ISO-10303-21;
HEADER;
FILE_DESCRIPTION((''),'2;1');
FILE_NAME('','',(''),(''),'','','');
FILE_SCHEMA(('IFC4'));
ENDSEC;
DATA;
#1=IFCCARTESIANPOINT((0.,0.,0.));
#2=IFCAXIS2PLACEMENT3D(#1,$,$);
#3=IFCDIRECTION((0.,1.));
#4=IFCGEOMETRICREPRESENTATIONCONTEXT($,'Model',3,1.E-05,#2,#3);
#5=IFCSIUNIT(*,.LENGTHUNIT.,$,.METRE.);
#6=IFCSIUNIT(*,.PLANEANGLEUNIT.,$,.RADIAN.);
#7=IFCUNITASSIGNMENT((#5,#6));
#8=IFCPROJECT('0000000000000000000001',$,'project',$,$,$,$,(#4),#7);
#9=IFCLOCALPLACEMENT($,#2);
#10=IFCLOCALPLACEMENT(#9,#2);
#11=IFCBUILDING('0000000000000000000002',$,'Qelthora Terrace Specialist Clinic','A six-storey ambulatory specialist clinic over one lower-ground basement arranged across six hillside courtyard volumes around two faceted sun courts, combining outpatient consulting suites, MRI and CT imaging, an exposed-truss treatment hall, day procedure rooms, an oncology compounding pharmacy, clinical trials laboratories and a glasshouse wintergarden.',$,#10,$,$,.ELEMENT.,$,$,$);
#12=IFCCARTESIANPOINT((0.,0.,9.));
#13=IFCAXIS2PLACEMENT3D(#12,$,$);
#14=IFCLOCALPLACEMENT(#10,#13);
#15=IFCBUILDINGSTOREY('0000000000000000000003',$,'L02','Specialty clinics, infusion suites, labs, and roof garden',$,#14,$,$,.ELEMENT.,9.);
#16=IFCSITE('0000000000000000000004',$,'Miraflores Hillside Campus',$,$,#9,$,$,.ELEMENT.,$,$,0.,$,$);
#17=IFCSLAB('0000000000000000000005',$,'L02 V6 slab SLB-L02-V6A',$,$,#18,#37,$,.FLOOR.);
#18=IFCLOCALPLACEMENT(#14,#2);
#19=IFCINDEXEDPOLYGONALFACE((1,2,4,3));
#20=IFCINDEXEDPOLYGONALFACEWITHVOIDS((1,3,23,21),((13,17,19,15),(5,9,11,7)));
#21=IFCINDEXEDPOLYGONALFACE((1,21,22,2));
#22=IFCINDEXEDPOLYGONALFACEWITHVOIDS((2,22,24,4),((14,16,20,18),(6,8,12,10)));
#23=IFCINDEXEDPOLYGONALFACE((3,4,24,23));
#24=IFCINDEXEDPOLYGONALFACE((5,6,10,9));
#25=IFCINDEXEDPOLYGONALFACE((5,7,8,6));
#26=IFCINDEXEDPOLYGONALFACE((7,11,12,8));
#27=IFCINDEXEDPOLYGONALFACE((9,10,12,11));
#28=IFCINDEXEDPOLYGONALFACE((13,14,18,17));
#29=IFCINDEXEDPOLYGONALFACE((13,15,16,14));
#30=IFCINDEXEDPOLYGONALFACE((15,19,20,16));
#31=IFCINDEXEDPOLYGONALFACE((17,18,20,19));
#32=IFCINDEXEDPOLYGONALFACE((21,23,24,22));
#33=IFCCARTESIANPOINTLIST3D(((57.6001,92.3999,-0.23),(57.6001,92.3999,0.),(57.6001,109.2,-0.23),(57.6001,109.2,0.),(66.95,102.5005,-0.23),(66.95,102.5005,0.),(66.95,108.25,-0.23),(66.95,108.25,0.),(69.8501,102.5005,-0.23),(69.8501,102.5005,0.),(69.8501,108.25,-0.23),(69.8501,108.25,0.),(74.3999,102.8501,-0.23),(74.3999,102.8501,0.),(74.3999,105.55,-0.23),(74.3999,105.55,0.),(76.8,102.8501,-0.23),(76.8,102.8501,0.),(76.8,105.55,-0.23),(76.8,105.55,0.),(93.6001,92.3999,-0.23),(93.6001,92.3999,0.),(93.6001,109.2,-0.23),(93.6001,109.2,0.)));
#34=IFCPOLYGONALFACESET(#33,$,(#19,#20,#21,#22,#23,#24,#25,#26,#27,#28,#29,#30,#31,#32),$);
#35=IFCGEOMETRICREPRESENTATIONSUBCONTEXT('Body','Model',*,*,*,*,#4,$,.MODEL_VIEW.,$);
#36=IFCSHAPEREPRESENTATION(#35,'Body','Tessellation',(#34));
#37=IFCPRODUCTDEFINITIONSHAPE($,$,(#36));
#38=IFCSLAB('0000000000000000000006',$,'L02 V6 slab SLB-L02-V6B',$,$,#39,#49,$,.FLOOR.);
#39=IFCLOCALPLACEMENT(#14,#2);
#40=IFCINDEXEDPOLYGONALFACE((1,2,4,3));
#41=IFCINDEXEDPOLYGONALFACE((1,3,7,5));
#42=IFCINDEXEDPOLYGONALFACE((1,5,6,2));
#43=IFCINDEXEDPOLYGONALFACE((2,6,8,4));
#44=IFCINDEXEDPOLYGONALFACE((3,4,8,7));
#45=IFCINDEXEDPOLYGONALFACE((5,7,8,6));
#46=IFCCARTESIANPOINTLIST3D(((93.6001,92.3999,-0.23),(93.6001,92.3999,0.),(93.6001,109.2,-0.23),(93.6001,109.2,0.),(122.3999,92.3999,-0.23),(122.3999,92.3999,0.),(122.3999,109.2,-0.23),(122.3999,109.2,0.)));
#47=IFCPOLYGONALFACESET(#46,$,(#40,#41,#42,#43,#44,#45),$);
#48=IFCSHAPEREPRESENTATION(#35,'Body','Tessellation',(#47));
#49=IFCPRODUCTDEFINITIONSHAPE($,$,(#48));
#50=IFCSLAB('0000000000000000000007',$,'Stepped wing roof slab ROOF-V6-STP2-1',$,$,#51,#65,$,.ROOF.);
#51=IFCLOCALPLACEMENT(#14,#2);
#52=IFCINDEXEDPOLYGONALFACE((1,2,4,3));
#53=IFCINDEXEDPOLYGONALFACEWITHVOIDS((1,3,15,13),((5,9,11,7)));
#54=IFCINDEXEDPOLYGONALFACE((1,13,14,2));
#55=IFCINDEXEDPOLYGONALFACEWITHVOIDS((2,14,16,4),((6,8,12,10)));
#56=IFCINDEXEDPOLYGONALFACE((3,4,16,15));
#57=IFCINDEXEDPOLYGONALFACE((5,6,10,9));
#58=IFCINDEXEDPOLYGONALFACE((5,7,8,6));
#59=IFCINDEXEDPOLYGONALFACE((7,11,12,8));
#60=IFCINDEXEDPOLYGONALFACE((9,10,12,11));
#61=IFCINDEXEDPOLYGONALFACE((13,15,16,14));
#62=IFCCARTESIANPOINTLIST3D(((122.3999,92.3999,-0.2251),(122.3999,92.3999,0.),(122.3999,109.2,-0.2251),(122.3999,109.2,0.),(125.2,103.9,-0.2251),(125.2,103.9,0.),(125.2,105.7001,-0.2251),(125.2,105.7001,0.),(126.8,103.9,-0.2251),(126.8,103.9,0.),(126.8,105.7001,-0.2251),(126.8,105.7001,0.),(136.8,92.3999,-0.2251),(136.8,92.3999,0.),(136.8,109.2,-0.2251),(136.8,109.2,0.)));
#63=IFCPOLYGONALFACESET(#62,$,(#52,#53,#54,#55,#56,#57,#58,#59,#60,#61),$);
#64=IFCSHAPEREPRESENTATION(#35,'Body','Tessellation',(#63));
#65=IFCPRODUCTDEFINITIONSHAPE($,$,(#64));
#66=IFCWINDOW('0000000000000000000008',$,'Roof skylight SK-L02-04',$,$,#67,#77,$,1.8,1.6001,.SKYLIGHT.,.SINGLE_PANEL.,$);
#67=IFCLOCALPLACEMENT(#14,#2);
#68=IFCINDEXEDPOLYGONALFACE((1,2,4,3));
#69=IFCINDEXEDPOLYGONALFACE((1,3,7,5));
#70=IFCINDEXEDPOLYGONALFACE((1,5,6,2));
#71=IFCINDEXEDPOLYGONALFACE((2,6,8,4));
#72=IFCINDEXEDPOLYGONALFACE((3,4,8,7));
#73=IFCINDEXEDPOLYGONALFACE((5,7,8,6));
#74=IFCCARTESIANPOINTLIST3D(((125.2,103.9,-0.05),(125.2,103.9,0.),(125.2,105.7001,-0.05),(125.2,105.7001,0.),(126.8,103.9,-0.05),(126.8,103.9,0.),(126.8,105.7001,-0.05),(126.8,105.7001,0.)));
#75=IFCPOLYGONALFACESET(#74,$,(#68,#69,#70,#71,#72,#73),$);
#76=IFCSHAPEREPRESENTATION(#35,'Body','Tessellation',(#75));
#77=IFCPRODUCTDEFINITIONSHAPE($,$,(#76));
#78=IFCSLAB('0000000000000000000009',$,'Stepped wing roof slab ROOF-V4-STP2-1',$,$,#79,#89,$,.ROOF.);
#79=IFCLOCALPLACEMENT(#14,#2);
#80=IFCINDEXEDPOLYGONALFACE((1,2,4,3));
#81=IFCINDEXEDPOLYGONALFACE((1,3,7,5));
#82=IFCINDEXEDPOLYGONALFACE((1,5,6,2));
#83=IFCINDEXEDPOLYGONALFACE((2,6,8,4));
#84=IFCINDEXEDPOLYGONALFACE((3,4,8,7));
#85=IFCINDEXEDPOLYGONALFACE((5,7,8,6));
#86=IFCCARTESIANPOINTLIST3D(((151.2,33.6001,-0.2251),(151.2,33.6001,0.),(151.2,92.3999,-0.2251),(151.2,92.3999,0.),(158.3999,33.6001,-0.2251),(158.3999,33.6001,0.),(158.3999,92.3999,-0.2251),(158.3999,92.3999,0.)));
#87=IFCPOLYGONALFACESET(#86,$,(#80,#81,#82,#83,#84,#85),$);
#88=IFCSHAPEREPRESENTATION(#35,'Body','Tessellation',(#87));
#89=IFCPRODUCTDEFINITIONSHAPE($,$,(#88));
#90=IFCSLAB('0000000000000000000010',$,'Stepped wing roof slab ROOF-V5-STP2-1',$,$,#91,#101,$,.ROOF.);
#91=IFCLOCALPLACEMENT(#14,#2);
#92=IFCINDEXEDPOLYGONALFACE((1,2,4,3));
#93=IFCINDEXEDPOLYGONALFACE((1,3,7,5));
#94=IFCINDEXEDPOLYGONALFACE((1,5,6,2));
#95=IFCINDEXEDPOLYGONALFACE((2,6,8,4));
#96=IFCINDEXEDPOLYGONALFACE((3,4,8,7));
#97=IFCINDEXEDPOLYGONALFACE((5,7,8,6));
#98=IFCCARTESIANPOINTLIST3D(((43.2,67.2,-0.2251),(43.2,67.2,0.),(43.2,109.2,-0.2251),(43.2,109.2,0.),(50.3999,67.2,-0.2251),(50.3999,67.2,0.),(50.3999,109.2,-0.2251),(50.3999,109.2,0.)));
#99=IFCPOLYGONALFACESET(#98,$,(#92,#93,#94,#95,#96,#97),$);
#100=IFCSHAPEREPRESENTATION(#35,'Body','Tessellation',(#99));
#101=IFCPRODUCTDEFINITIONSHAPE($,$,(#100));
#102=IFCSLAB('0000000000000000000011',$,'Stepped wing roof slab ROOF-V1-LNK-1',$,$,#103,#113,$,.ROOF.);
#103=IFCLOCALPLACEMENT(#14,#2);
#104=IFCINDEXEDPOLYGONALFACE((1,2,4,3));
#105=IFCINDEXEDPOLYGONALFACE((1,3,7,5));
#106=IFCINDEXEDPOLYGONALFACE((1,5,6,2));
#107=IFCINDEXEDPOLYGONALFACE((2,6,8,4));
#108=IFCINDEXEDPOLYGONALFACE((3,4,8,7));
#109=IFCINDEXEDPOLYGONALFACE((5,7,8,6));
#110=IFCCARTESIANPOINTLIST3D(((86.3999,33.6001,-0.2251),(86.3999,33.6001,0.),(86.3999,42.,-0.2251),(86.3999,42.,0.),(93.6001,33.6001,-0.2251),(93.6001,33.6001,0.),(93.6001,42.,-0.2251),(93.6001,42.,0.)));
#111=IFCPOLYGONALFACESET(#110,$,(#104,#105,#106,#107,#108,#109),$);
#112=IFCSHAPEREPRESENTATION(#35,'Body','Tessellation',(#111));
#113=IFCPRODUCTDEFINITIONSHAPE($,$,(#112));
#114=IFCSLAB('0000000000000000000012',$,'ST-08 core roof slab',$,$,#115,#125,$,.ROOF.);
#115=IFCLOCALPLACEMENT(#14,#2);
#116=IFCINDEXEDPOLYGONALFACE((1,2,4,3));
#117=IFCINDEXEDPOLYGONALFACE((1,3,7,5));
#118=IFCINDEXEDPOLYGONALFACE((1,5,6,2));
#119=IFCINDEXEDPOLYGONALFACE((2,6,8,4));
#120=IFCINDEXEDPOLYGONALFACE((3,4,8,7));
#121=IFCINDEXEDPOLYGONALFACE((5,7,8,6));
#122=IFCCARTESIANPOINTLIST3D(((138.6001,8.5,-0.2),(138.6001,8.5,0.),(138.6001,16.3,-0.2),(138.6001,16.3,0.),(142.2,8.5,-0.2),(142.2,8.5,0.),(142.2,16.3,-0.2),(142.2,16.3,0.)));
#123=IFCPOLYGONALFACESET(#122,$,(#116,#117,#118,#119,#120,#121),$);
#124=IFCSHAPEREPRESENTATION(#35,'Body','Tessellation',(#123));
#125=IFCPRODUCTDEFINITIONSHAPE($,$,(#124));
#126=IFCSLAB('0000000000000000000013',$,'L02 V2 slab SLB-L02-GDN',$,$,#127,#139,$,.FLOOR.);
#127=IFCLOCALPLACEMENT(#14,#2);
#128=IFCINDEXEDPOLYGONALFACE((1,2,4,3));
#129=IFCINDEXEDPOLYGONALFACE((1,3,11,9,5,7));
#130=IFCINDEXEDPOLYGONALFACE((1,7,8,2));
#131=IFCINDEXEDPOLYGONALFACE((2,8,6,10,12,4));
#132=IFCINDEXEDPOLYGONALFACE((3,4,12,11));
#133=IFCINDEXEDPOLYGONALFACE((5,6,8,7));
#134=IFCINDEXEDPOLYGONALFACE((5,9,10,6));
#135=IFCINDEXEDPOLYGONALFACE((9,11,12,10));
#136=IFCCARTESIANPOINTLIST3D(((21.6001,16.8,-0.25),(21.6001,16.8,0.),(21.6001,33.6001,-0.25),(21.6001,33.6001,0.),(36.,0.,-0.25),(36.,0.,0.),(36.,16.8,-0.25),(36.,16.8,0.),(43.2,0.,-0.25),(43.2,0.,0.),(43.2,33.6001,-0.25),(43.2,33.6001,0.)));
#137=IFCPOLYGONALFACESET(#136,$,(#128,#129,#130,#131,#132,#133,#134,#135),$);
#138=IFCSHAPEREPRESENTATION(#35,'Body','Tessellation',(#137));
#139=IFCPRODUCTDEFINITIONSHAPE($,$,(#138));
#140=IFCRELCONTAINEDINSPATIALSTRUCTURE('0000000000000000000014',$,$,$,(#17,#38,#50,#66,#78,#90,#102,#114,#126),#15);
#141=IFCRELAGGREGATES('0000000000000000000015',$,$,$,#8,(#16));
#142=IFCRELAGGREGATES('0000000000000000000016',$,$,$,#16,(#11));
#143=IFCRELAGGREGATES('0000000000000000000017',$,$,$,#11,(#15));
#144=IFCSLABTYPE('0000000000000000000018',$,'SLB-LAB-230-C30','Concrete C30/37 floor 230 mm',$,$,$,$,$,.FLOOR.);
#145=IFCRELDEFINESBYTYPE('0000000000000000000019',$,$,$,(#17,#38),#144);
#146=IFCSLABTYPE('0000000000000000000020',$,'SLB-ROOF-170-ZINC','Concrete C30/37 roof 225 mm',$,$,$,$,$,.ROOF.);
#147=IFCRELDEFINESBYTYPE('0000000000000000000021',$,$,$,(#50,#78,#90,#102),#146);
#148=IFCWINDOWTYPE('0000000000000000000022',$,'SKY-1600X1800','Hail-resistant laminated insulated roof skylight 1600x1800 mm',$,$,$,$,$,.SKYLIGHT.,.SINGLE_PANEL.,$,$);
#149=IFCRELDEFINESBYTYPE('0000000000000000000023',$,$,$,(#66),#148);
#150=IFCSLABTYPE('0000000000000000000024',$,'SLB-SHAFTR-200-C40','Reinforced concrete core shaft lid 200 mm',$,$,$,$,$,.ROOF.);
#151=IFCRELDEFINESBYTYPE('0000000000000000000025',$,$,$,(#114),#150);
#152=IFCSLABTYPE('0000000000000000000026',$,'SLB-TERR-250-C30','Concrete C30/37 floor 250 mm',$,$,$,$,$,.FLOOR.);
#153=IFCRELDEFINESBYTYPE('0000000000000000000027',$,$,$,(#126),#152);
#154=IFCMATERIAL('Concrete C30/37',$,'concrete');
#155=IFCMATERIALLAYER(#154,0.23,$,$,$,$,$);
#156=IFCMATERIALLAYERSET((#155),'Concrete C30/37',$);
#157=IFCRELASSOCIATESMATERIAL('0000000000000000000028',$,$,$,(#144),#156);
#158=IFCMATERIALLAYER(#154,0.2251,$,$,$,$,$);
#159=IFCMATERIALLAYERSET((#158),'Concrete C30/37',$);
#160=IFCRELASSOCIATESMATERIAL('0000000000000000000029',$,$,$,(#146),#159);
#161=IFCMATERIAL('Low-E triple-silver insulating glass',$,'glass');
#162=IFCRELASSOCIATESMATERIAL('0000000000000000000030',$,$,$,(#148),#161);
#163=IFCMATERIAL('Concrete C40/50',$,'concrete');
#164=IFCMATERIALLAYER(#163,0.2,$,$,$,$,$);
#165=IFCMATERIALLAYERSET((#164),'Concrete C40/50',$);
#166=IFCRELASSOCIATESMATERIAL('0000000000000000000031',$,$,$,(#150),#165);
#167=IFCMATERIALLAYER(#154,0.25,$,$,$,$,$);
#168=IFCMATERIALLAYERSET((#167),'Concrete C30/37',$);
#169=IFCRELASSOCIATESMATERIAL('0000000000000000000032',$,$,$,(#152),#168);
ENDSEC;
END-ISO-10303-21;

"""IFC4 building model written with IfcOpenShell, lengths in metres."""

from ifc_helpers import new_model, si_unit, direction, frame, origin, origin_2d, place, context, subcontext, project, spatial, polyline, rectangle, outline, extrude, material, layer, layer_set, type_object, element, fill, save


model = new_model("IFC4")

# Units and contexts
model_context = context("Model", 3, precision=1e-05, world=origin(), true_north=direction((0.0, 1.0)))
body_context = subcontext(model_context, "Body", "Model", "MODEL_VIEW")
ifc_project = project(units=[si_unit("LENGTHUNIT", "METRE"), si_unit("PLANEANGLEUNIT", "RADIAN")], contexts=[model_context])

# Site, building, storey
site_placement = place(None, origin())
site = spatial("IfcSite", under=ifc_project, at=site_placement, Name="Miraflores Hillside Campus", CompositionType="ELEMENT", RefElevation=0.0)
building_placement = place(site_placement, origin())
building = spatial("IfcBuilding", under=site, at=building_placement, Name="Qelthora Terrace Specialist Clinic", Description="A six-storey ambulatory specialist clinic over one lower-ground basement arranged across six hillside courtyard volumes around two faceted sun courts, combining outpatient consulting suites, MRI and CT imaging, an exposed-truss treatment hall, day procedure rooms, an oncology compounding pharmacy, clinical trials laboratories and a glasshouse wintergarden.", CompositionType="ELEMENT")
storey_placement = place(building_placement, frame((0.0, 0.0, 9.0)))
storey = spatial("IfcBuildingStorey", under=building, at=storey_placement, Name="L02", Description="Specialty clinics, infusion suites, labs, and roof garden", CompositionType="ELEMENT", Elevation=9.0)

# Slabs
ifc_material_1 = material(Name="Concrete C30/37", Category="concrete")
ifc_layer_1 = layer(ifc_material_1, 0.23)
ifc_layer_set_1 = layer_set([ifc_layer_1], Name="Concrete C30/37")
slab_type_1 = type_object("IfcSlabType", Name="SLB-LAB-230-C30", Description="Concrete C30/37 floor 230 mm", PredefinedType="FLOOR", material=ifc_layer_set_1)
slab_1_placement = place(storey_placement, frame((0.0, 0.0, -0.23)))
element("IfcSlab", 1, at=slab_1_placement, inside=storey, type_object=slab_type_1, Name="L02 V6 slab SLB-L02-V6A", PredefinedType="FLOOR", context=body_context, shape_type="SweptSolid", body=[
    extrude(outline(polyline([(57.6001, 109.2), (93.6001, 109.2), (93.6001, 92.3999), (57.6001, 92.3999), (57.6001, 109.2)]), holes=[polyline([(76.8, 102.8501), (76.8, 105.55), (74.3999, 105.55), (74.3999, 102.8501), (76.8, 102.8501)]), polyline([(69.8501, 102.5005), (69.8501, 108.25), (66.95, 108.25), (66.95, 102.5005), (69.8501, 102.5005)])]), origin(), (0.0, 0.0, 1.0), 0.23),
])
slab_2_placement = place(storey_placement, frame((0.0, 0.0, -0.23)))
element("IfcSlab", 2, at=slab_2_placement, inside=storey, type_object=slab_type_1, Name="L02 V6 slab SLB-L02-V6B", PredefinedType="FLOOR", context=body_context, shape_type="SweptSolid", body=[
    extrude(outline(polyline([(93.6001, 109.2), (122.3999, 109.2), (122.3999, 92.3999), (93.6001, 92.3999), (93.6001, 109.2)])), origin(), (0.0, 0.0, 1.0), 0.23),
])

# Slab, opening, window
ifc_layer_2 = layer(ifc_material_1, 0.2251)
ifc_layer_set_2 = layer_set([ifc_layer_2], Name="Concrete C30/37")
slab_type_2 = type_object("IfcSlabType", Name="SLB-ROOF-170-ZINC", Description="Concrete C30/37 roof 225 mm", PredefinedType="ROOF", material=ifc_layer_set_2)
slab_3_placement = place(storey_placement, frame((0.0, 0.0, -0.2251)))
slab_3 = element("IfcSlab", 3, at=slab_3_placement, inside=storey, type_object=slab_type_2, Name="Stepped wing roof slab ROOF-V6-STP2-1", PredefinedType="ROOF", context=body_context, shape_type="SweptSolid", body=[
    extrude(outline(polyline([(136.8, 109.2), (136.8, 92.3999), (122.3999, 92.3999), (122.3999, 109.2), (136.8, 109.2)])), origin(), (0.0, 0.0, 1.0), 0.2251),
])
opening_placement = place(slab_3_placement, frame((126.0, 104.8, 0.0)))
opening = element("IfcOpeningElement", 4, at=opening_placement, cuts=slab_3, PredefinedType="OPENING", context=body_context, shape_type="SweptSolid", body=[
    extrude(rectangle(XDim=1.6001, YDim=1.8, at=origin_2d()), frame((0.0, 0.0, -0.01)), (0.0, 0.0, 1.0), 0.2451),
])
ifc_material_2 = material(Name="Low-E triple-silver insulating glass", Category="glass")
window_type = type_object("IfcWindowType", Name="SKY-1600X1800", Description="Hail-resistant laminated insulated roof skylight 1600x1800 mm", PartitioningType="SINGLE_PANEL", PredefinedType="SKYLIGHT", material=ifc_material_2)
window_placement = place(opening_placement, frame((0.0, 0.0, 0.175)))
window = element("IfcWindow", 5, at=window_placement, inside=storey, type_object=window_type, Name="Roof skylight SK-L02-04", OverallHeight=1.8, OverallWidth=1.6001, PartitioningType="SINGLE_PANEL", PredefinedType="SKYLIGHT", context=body_context, shape_type="SweptSolid", body=[
    extrude(rectangle(XDim=1.6001, YDim=1.8, at=origin_2d()), origin(), (0.0, 0.0, 1.0), 0.05),
])
fill(opening, window)

# Slabs
slab_4_placement = place(storey_placement, frame((0.0, 0.0, -0.2251)))
element("IfcSlab", 6, at=slab_4_placement, inside=storey, type_object=slab_type_2, Name="Stepped wing roof slab ROOF-V4-STP2-1", PredefinedType="ROOF", context=body_context, shape_type="SweptSolid", body=[
    extrude(outline(polyline([(158.3999, 92.3999), (158.3999, 33.6001), (151.2, 33.6001), (151.2, 92.3999), (158.3999, 92.3999)])), origin(), (0.0, 0.0, 1.0), 0.2251),
])
slab_5_placement = place(storey_placement, frame((0.0, 0.0, -0.2251)))
element("IfcSlab", 7, at=slab_5_placement, inside=storey, type_object=slab_type_2, Name="Stepped wing roof slab ROOF-V5-STP2-1", PredefinedType="ROOF", context=body_context, shape_type="SweptSolid", body=[
    extrude(outline(polyline([(50.3999, 109.2), (50.3999, 67.2), (43.2, 67.2), (43.2, 109.2), (50.3999, 109.2)])), origin(), (0.0, 0.0, 1.0), 0.2251),
])
slab_6_placement = place(storey_placement, frame((0.0, 0.0, -0.2251)))
element("IfcSlab", 8, at=slab_6_placement, inside=storey, type_object=slab_type_2, Name="Stepped wing roof slab ROOF-V1-LNK-1", PredefinedType="ROOF", context=body_context, shape_type="SweptSolid", body=[
    extrude(outline(polyline([(93.6001, 42.0), (93.6001, 33.6001), (86.3999, 33.6001), (86.3999, 42.0), (93.6001, 42.0)])), origin(), (0.0, 0.0, 1.0), 0.2251),
])
ifc_material_3 = material(Name="Concrete C40/50", Category="concrete")
ifc_layer_3 = layer(ifc_material_3, 0.2)
ifc_layer_set_3 = layer_set([ifc_layer_3], Name="Concrete C40/50")
slab_type_3 = type_object("IfcSlabType", Name="SLB-SHAFTR-200-C40", Description="Reinforced concrete core shaft lid 200 mm", PredefinedType="ROOF", material=ifc_layer_set_3)
slab_7_placement = place(storey_placement, frame((0.0, 0.0, -0.2)))
element("IfcSlab", 9, at=slab_7_placement, inside=storey, type_object=slab_type_3, Name="ST-08 core roof slab", PredefinedType="ROOF", context=body_context, shape_type="SweptSolid", body=[
    extrude(outline(polyline([(138.6001, 8.5), (142.2, 8.5), (142.2, 16.3), (138.6001, 16.3), (138.6001, 8.5)])), origin(), (0.0, 0.0, 1.0), 0.2),
])
ifc_layer_4 = layer(ifc_material_1, 0.25)
ifc_layer_set_4 = layer_set([ifc_layer_4], Name="Concrete C30/37")
slab_type_4 = type_object("IfcSlabType", Name="SLB-TERR-250-C30", Description="Concrete C30/37 floor 250 mm", PredefinedType="FLOOR", material=ifc_layer_set_4)
slab_8_placement = place(storey_placement, frame((0.0, 0.0, -0.25)))
element("IfcSlab", 10, at=slab_8_placement, inside=storey, type_object=slab_type_4, Name="L02 V2 slab SLB-L02-GDN", PredefinedType="FLOOR", context=body_context, shape_type="SweptSolid", body=[
    extrude(outline(polyline([(36.0, 0.0), (36.0, 16.8), (21.6001, 16.8), (21.6001, 33.6001), (43.2, 33.6001), (43.2, 0.0), (36.0, 0.0)])), origin(), (0.0, 0.0, 1.0), 0.25),
])

save(model, "model.ifc")
